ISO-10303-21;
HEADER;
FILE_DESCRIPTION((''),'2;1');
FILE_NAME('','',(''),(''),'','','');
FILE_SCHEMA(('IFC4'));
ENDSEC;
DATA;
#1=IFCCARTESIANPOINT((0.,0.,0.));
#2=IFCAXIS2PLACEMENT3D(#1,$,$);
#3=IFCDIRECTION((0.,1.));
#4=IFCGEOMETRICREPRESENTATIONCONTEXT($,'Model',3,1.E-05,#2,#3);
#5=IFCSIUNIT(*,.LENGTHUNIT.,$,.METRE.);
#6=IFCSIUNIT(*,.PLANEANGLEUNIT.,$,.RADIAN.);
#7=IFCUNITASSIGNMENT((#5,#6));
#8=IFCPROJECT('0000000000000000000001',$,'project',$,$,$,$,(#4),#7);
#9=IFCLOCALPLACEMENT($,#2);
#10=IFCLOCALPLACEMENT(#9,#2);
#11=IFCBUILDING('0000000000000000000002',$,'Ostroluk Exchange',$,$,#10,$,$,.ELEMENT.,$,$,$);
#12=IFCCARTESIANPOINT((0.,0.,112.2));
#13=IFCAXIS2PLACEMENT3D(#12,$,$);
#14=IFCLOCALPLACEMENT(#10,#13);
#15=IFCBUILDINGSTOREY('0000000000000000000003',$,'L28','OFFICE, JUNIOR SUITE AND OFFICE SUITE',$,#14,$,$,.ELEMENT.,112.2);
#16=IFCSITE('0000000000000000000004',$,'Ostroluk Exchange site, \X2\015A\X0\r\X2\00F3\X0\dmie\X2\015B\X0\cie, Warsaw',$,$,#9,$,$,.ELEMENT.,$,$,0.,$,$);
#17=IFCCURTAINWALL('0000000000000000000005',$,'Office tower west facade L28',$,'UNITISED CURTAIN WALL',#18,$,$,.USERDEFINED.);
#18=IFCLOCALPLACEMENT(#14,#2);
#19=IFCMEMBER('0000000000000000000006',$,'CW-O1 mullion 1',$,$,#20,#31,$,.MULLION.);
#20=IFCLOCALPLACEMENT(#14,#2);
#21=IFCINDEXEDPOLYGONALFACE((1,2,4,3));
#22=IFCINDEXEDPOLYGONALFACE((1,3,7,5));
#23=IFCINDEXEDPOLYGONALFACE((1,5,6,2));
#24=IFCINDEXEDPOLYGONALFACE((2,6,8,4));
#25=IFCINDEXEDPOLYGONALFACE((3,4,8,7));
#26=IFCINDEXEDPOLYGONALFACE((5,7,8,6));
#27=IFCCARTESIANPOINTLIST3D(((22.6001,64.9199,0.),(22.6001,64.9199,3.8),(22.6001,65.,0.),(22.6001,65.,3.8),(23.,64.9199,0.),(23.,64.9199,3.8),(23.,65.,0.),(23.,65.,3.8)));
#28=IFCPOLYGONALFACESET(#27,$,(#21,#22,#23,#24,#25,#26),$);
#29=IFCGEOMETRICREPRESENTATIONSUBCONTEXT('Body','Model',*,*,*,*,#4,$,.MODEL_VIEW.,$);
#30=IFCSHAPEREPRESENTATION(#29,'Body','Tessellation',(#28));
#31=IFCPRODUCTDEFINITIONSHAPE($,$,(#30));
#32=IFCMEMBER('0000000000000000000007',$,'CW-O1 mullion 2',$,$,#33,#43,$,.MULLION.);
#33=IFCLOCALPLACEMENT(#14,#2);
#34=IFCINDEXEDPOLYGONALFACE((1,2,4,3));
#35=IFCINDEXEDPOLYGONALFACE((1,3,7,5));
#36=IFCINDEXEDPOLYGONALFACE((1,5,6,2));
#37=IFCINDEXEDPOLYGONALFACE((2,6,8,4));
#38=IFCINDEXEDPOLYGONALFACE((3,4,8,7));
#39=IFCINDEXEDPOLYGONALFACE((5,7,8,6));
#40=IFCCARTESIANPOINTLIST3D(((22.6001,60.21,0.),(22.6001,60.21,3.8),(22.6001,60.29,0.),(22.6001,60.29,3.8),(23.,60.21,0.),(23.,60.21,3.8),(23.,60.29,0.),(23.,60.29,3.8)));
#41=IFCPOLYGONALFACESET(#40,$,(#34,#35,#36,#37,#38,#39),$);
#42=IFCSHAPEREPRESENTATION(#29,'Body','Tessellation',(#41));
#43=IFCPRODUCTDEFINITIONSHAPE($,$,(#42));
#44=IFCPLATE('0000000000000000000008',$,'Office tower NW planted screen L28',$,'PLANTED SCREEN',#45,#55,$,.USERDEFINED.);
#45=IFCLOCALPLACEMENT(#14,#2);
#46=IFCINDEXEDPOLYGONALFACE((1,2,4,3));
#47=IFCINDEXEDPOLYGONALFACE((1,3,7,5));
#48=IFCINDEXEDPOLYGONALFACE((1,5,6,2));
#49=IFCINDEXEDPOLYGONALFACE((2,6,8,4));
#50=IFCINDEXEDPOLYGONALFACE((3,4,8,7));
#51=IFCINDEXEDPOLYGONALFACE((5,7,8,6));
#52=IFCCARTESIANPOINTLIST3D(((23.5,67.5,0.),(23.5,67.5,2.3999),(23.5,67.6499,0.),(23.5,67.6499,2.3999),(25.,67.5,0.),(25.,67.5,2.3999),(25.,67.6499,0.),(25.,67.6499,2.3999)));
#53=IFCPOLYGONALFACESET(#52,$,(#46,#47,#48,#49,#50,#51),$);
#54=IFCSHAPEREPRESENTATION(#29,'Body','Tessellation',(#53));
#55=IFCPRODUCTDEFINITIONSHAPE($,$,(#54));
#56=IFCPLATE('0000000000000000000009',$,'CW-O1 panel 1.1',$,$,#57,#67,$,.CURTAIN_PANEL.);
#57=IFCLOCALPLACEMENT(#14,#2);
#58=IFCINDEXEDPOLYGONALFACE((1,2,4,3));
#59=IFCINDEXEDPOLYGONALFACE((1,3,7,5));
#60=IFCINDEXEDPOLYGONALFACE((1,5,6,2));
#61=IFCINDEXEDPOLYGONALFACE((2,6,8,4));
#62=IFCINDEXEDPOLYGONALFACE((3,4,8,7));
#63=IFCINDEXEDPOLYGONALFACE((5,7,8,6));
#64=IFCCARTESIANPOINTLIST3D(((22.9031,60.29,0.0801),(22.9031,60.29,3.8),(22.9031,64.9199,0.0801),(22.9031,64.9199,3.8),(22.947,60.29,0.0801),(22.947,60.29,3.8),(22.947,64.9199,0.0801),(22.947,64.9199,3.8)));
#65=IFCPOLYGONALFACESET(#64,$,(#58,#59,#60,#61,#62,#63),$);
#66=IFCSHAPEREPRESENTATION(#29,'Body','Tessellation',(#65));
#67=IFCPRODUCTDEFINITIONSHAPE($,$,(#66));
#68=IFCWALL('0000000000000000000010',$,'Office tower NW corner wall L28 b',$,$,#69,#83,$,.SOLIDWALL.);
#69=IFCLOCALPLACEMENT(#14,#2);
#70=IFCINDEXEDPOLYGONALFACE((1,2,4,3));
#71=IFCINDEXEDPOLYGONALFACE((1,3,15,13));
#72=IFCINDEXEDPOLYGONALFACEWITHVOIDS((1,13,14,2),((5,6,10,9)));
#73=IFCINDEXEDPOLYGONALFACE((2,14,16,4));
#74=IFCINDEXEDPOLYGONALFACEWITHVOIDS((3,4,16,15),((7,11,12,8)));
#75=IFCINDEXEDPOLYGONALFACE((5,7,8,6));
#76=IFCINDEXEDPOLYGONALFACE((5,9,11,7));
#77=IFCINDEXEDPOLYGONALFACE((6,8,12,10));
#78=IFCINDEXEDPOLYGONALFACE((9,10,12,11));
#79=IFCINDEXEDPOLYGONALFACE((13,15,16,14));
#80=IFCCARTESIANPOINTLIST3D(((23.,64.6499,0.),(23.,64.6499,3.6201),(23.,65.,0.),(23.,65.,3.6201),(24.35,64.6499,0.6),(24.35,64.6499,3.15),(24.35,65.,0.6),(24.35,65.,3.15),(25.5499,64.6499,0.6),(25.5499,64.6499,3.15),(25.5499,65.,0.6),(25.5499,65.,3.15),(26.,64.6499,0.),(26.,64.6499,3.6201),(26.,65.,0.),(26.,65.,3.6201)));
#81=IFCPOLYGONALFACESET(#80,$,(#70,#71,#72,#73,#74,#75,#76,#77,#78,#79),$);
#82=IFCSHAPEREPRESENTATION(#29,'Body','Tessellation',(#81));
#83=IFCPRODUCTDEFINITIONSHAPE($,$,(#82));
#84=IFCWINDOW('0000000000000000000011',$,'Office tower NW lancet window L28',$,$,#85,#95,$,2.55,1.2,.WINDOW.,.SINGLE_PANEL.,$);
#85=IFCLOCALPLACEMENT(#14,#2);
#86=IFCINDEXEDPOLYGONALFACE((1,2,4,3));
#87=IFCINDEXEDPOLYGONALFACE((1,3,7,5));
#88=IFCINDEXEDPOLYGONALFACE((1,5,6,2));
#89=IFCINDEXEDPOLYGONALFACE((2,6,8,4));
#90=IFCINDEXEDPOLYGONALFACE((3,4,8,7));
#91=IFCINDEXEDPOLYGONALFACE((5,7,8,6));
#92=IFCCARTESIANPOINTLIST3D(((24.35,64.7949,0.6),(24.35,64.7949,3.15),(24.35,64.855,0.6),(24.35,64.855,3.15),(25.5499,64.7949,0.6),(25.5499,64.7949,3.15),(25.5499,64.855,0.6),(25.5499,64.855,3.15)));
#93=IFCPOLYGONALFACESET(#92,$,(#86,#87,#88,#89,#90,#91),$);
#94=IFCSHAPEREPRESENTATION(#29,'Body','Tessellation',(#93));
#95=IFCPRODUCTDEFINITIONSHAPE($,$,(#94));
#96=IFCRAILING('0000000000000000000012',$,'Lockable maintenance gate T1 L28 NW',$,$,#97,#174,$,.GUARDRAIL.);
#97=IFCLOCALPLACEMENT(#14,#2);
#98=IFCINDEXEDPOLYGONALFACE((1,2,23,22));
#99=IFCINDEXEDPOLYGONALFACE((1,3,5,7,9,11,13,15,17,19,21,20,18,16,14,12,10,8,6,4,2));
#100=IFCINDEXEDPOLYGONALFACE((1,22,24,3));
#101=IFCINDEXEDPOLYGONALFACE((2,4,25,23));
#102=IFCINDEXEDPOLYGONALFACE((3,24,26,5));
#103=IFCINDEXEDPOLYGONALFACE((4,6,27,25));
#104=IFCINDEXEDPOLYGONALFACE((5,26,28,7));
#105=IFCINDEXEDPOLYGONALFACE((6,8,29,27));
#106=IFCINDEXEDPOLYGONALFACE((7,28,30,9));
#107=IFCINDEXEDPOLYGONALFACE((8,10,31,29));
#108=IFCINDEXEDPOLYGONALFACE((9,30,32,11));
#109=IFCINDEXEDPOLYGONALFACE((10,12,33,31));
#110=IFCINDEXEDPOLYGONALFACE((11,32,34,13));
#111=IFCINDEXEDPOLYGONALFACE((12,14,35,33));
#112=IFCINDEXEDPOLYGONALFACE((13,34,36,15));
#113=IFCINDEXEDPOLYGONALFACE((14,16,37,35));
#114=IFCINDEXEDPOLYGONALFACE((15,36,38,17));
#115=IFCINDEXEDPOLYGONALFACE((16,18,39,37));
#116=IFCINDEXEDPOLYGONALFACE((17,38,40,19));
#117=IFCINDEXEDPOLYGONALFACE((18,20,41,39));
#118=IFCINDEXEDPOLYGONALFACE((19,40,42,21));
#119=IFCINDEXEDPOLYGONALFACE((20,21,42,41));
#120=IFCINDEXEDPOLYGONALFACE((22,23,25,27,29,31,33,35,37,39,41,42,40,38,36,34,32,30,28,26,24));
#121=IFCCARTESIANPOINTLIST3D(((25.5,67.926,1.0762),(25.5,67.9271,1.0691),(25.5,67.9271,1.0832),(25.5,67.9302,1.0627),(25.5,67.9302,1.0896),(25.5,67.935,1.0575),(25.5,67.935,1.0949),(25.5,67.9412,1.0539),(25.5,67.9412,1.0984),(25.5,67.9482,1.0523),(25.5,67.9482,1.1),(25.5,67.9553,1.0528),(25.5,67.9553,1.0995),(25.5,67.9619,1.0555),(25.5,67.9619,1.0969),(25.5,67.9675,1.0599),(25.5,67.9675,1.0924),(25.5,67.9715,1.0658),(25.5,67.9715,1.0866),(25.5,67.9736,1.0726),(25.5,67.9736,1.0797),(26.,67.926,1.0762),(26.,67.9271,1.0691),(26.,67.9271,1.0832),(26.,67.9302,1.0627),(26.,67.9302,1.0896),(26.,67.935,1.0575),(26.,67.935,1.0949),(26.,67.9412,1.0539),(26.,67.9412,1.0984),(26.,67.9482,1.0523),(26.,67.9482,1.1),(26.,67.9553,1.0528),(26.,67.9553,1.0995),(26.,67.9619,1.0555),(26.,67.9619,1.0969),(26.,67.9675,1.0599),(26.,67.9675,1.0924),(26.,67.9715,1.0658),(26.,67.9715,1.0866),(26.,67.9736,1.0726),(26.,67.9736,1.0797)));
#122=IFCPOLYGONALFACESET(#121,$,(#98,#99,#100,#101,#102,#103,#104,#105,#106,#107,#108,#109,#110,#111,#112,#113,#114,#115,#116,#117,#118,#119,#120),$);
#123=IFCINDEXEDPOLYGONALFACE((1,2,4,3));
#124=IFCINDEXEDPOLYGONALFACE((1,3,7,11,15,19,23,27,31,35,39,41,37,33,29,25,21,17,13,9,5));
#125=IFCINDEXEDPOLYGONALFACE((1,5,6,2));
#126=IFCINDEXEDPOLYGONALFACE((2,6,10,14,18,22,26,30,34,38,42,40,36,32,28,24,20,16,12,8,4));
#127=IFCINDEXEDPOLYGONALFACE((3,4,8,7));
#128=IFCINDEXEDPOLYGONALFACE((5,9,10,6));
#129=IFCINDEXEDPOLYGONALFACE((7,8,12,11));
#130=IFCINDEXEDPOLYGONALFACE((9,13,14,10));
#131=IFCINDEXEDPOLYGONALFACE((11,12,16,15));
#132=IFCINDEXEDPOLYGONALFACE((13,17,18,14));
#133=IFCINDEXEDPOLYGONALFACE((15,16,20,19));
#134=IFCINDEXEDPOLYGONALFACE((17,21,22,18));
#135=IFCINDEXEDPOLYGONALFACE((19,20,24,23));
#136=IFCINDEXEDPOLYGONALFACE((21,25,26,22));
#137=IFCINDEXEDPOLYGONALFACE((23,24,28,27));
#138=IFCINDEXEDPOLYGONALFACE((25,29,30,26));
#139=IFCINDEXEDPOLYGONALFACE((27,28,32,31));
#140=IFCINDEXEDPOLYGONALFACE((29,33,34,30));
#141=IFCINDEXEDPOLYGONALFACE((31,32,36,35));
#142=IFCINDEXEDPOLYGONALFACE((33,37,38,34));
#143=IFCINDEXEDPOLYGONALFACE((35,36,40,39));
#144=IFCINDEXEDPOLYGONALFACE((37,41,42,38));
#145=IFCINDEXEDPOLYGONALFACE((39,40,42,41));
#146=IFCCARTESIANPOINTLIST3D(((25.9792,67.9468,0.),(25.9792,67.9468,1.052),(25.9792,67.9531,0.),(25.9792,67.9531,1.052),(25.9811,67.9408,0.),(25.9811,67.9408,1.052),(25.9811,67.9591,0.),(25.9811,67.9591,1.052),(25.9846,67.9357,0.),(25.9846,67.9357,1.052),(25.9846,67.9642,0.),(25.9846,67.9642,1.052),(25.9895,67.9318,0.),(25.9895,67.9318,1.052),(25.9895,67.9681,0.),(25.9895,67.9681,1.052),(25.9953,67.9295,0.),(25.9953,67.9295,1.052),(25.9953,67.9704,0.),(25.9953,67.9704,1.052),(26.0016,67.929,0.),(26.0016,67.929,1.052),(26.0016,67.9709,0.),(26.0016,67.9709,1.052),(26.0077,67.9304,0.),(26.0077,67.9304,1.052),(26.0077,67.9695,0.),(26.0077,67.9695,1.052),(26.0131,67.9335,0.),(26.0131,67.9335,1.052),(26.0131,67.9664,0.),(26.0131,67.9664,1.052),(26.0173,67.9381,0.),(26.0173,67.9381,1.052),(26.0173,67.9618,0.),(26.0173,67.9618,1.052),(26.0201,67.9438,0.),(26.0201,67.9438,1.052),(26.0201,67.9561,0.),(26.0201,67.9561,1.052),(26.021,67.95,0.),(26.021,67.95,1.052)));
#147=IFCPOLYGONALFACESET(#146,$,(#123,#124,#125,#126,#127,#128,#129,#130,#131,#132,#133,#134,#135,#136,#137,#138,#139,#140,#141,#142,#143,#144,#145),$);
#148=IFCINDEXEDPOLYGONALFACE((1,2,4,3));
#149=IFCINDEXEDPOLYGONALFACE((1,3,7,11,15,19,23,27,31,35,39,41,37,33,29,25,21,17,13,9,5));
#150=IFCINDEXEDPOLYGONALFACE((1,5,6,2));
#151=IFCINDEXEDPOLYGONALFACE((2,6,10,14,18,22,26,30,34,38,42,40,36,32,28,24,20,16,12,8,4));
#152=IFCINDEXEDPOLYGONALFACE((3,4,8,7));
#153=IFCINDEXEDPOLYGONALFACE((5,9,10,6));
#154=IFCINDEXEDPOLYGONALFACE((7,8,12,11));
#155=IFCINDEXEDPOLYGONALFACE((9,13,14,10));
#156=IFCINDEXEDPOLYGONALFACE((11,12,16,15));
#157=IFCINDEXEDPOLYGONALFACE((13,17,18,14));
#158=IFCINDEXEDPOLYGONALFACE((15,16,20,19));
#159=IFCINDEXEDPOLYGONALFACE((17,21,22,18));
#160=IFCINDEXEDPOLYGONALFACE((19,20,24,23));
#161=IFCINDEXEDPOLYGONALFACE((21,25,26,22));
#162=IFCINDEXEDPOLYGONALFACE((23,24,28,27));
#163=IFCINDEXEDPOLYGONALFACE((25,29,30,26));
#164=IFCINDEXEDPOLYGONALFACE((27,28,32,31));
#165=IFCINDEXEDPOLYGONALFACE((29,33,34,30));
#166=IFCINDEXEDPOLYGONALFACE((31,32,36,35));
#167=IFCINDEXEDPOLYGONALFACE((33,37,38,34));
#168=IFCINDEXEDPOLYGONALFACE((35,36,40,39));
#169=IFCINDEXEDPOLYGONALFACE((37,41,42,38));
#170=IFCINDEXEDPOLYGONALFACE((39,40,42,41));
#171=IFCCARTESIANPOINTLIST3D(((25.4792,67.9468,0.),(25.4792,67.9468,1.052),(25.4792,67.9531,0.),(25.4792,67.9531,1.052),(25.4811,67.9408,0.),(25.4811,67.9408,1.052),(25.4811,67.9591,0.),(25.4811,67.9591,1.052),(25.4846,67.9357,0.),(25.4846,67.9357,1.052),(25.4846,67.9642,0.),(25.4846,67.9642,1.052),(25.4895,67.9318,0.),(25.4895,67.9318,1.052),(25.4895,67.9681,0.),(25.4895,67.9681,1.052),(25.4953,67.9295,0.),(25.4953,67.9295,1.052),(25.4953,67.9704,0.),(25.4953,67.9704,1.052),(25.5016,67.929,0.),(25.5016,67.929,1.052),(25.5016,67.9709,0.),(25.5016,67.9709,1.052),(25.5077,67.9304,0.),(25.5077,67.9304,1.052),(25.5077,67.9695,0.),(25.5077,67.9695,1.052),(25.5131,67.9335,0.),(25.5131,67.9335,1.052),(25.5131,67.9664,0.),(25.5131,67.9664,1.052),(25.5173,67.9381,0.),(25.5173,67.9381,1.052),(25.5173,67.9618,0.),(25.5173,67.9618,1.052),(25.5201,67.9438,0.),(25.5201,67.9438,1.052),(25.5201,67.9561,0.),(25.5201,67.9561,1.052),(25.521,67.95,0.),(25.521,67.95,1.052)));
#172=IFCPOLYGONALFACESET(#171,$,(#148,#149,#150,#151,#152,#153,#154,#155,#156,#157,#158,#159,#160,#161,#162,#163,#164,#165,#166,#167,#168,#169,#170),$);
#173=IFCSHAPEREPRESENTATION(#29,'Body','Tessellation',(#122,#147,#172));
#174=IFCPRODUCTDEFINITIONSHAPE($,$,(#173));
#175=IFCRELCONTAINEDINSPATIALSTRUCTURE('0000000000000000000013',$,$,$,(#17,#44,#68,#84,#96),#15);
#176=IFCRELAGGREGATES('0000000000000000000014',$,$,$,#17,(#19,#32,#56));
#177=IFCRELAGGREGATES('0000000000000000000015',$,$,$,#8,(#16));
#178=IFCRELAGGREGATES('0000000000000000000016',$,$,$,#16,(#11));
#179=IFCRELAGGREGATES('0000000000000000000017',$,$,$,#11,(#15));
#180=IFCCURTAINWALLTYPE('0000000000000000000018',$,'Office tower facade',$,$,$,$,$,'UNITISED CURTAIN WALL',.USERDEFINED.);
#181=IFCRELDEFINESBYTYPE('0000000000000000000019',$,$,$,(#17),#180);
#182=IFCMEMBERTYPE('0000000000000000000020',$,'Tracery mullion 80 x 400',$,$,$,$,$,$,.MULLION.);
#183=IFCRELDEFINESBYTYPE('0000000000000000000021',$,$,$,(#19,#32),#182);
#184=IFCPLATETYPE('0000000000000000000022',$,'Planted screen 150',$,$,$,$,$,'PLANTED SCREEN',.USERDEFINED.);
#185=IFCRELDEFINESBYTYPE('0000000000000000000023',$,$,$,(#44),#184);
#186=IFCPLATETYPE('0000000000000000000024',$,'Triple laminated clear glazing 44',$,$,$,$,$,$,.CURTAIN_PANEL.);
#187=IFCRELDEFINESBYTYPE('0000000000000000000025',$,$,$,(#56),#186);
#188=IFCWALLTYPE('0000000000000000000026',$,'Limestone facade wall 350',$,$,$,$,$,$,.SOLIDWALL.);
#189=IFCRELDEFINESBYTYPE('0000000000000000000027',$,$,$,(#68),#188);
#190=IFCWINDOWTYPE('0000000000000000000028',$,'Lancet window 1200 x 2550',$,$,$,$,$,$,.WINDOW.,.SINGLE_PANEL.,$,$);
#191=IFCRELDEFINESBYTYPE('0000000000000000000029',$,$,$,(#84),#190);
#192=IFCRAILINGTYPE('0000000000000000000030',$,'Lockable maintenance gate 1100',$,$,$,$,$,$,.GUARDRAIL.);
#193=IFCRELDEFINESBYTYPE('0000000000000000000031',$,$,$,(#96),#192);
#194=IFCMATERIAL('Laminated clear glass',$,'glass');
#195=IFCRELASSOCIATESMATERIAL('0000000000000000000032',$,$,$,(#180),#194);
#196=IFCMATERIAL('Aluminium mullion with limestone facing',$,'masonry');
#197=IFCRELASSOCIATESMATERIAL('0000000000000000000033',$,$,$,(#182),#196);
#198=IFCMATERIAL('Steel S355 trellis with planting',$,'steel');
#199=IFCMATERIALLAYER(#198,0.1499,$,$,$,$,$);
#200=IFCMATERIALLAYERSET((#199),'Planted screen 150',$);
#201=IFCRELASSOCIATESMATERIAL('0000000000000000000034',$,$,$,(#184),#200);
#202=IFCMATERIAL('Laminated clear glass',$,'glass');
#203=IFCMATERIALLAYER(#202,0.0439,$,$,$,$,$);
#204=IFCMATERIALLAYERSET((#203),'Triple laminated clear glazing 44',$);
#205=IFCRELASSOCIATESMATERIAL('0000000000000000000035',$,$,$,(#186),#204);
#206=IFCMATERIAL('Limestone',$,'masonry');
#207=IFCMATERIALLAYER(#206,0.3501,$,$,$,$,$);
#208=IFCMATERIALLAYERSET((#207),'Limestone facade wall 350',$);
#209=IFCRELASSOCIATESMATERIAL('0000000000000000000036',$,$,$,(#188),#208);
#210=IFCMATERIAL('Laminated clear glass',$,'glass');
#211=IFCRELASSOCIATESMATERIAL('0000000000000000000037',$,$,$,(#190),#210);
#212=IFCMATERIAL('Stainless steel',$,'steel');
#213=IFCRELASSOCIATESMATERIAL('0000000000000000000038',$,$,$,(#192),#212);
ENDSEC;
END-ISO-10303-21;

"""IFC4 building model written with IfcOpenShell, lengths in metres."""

from ifc_helpers import new_model, si_unit, direction, frame, frame_2d, origin, origin_2d, place, context, subcontext, project, spatial, rectangle, circle, extrude, material, layer, layer_set, material_profile, profile_set, type_object, element, fill, aggregate, save


model = new_model("IFC4")

# Units and contexts
model_context = context("Model", 3, precision=1e-05, world=origin(), true_north=direction((0.0, 1.0)))
body_context = subcontext(model_context, "Body", "Model", "MODEL_VIEW")
ifc_project = project(units=[si_unit("LENGTHUNIT", "METRE"), si_unit("PLANEANGLEUNIT", "RADIAN")], contexts=[model_context])

# Site, building, storey
site_placement = place(None, origin())
site = spatial("IfcSite", under=ifc_project, at=site_placement, Name="Ostroluk Exchange site, Śródmieście, Warsaw", CompositionType="ELEMENT", RefElevation=0.0)
building_placement = place(site_placement, origin())
building = spatial("IfcBuilding", under=site, at=building_placement, Name="Ostroluk Exchange", CompositionType="ELEMENT")
storey_placement = place(building_placement, frame((0.0, 0.0, 112.2)))
storey = spatial("IfcBuildingStorey", under=building, at=storey_placement, Name="L28", Description="OFFICE, JUNIOR SUITE AND OFFICE SUITE", CompositionType="ELEMENT", Elevation=112.2)

# Curtain wall
ifc_material_1 = material(Name="Laminated clear glass", Category="glass")
curtain_wall_type = type_object("IfcCurtainWallType", Name="Office tower facade", ElementType="UNITISED CURTAIN WALL", PredefinedType="USERDEFINED", material=ifc_material_1)
curtain_wall_1_placement = place(storey_placement, origin())
curtain_wall_1 = element("IfcCurtainWall", 1, at=curtain_wall_1_placement, inside=storey, type_object=curtain_wall_type, Name="Office tower west facade L28", ObjectType="UNITISED CURTAIN WALL", PredefinedType="USERDEFINED")

# Shared definitions
ifc_material_2 = material(Name="Aluminium mullion with limestone facing", Category="masonry")
ifc_material_profile_1 = material_profile(ifc_material_2, rectangle(XDim=0.3999, YDim=0.0801, at=origin_2d()), Name="Tracery mullion 80 x 400")
ifc_profile_set_1 = profile_set([ifc_material_profile_1], Name="Aluminium mullion with limestone facing")
member_type_1 = type_object("IfcMemberType", Name="Tracery mullion 80 x 400", PredefinedType="MULLION", material=ifc_profile_set_1)

# Members
member_1_placement = place(storey_placement, frame((22.8, 64.96, 0.0), z_axis=(0.0, 0.0, 1.0), x_axis=(1.0, 0.0, 0.0)))
member_1 = element("IfcMember", 2, at=member_1_placement, type_object=member_type_1, Name="CW-O1 mullion 1", PredefinedType="MULLION", context=body_context, shape_type="SweptSolid", body=[
    extrude(rectangle(XDim=0.3999, YDim=0.0801, at=origin_2d()), origin(), (0.0, 0.0, 1.0), 3.8),
])
member_2_placement = place(storey_placement, frame((22.8, 60.25, 0.0), z_axis=(0.0, 0.0, 1.0), x_axis=(1.0, 0.0, 0.0)))
member_2 = element("IfcMember", 3, at=member_2_placement, type_object=member_type_1, Name="CW-O1 mullion 2", PredefinedType="MULLION", context=body_context, shape_type="SweptSolid", body=[
    extrude(rectangle(XDim=0.3999, YDim=0.0801, at=origin_2d()), origin(), (0.0, 0.0, 1.0), 3.8),
])

# Plates
ifc_material_3 = material(Name="Steel S355 trellis with planting", Category="steel")
ifc_layer_1 = layer(ifc_material_3, 0.1499)
ifc_layer_set_1 = layer_set([ifc_layer_1], Name="Planted screen 150")
plate_type_1 = type_object("IfcPlateType", Name="Planted screen 150", ElementType="PLANTED SCREEN", PredefinedType="USERDEFINED", material=ifc_layer_set_1)
plate_1_placement = place(storey_placement, frame((24.25, 67.575, 0.0), z_axis=(0.0, 0.0, 1.0), x_axis=(1.0, 0.0, 0.0)))
element("IfcPlate", 4, at=plate_1_placement, inside=storey, type_object=plate_type_1, Name="Office tower NW planted screen L28", ObjectType="PLANTED SCREEN", PredefinedType="USERDEFINED", context=body_context, shape_type="SweptSolid", body=[
    extrude(rectangle(XDim=1.5, YDim=0.1499, at=origin_2d()), origin(), (0.0, 0.0, 1.0), 2.3999),
])
ifc_material_4 = material(Name="Laminated clear glass", Category="glass")
ifc_layer_2 = layer(ifc_material_4, 0.0439)
ifc_layer_set_2 = layer_set([ifc_layer_2], Name="Triple laminated clear glazing 44")
plate_type_2 = type_object("IfcPlateType", Name="Triple laminated clear glazing 44", PredefinedType="CURTAIN_PANEL", material=ifc_layer_set_2)
plate_2_placement = place(storey_placement, frame((22.925, 62.605, 0.0801), z_axis=(0.0, 0.0, 1.0), x_axis=(0.0, -1.0, 0.0)))
plate_2 = element("IfcPlate", 5, at=plate_2_placement, type_object=plate_type_2, Name="CW-O1 panel 1.1", PredefinedType="CURTAIN_PANEL", context=body_context, shape_type="SweptSolid", body=[
    extrude(rectangle(XDim=4.6299, YDim=0.0439, at=origin_2d()), origin(), (0.0, 0.0, 1.0), 3.72),
])
aggregate(curtain_wall_1, [member_1, member_2, plate_2])

# Shared definitions
ifc_material_5 = material(Name="Limestone", Category="masonry")
ifc_layer_3 = layer(ifc_material_5, 0.3501)
ifc_layer_set_3 = layer_set([ifc_layer_3], Name="Limestone facade wall 350")
wall_type = type_object("IfcWallType", Name="Limestone facade wall 350", PredefinedType="SOLIDWALL", material=ifc_layer_set_3)

# Wall, opening, window
wall_1_placement = place(storey_placement, frame((26.0, 64.825, 0.0), z_axis=(0.0, 0.0, 1.0), x_axis=(-1.0, 0.0, 0.0)))
wall_1 = element("IfcWall", 6, at=wall_1_placement, inside=storey, type_object=wall_type, Name="Office tower NW corner wall L28 b", PredefinedType="SOLIDWALL", context=body_context, shape_type="SweptSolid", body=[
    extrude(rectangle(XDim=3.0, YDim=0.3501, at=frame_2d((1.5, 0.0))), origin(), (0.0, 0.0, 1.0), 3.6201),
])
opening_1_placement = place(wall_1_placement, frame((0.45, 0.0, 0.6001)))
opening_1 = element("IfcOpeningElement", 7, at=opening_1_placement, cuts=wall_1, PredefinedType="OPENING", context=body_context, shape_type="SweptSolid", body=[
    extrude(rectangle(XDim=1.2, YDim=2.55, at=frame_2d((0.6001, 1.2749))), frame((0.0, 0.1851, 0.0), z_axis=(0.0, -1.0, 0.0), x_axis=(1.0, 0.0, 0.0)), (0.0, 0.0, 1.0), 0.3701),
])
ifc_material_6 = material(Name="Laminated clear glass", Category="glass")
window_type = type_object("IfcWindowType", Name="Lancet window 1200 x 2550", PartitioningType="SINGLE_PANEL", PredefinedType="WINDOW", material=ifc_material_6)
window_placement = place(opening_1_placement, origin())
window = element("IfcWindow", 8, at=window_placement, inside=storey, type_object=window_type, Name="Office tower NW lancet window L28", OverallHeight=2.55, OverallWidth=1.2, PartitioningType="SINGLE_PANEL", PredefinedType="WINDOW", context=body_context, shape_type="SweptSolid", body=[
    extrude(rectangle(XDim=1.2, YDim=2.55, at=frame_2d((0.6001, 1.2749))), frame((0.0, 0.03, 0.0), z_axis=(0.0, -1.0, 0.0), x_axis=(1.0, 0.0, 0.0)), (0.0, 0.0, 1.0), 0.0601),
])
fill(opening_1, window)

# Railing
ifc_material_7 = material(Name="Stainless steel", Category="steel")
railing_type_1 = type_object("IfcRailingType", Name="Lockable maintenance gate 1100", PredefinedType="GUARDRAIL", material=ifc_material_7)
railing_1_placement = place(storey_placement, frame((26.0, 67.95, 0.0)))
element("IfcRailing", 9, at=railing_1_placement, inside=storey, type_object=railing_type_1, Name="Lockable maintenance gate T1 L28 NW", PredefinedType="GUARDRAIL", context=body_context, shape_type="SweptSolid", body=[
    extrude(circle(Radius=0.0239, at=origin_2d()), frame((0.0, 0.0, 1.0762), z_axis=(-1.0, 0.0, 0.0), x_axis=(0.0, -1.0, 0.0)), (0.0, 0.0, 1.0), 0.5),
    extrude(circle(Radius=0.021, at=origin_2d()), origin(), (0.0, 0.0, 1.0), 1.052),
    extrude(circle(Radius=0.021, at=origin_2d()), frame((-0.5, 0.0, 0.0)), (0.0, 0.0, 1.0), 1.052),
])

save(model, "model.ifc")
